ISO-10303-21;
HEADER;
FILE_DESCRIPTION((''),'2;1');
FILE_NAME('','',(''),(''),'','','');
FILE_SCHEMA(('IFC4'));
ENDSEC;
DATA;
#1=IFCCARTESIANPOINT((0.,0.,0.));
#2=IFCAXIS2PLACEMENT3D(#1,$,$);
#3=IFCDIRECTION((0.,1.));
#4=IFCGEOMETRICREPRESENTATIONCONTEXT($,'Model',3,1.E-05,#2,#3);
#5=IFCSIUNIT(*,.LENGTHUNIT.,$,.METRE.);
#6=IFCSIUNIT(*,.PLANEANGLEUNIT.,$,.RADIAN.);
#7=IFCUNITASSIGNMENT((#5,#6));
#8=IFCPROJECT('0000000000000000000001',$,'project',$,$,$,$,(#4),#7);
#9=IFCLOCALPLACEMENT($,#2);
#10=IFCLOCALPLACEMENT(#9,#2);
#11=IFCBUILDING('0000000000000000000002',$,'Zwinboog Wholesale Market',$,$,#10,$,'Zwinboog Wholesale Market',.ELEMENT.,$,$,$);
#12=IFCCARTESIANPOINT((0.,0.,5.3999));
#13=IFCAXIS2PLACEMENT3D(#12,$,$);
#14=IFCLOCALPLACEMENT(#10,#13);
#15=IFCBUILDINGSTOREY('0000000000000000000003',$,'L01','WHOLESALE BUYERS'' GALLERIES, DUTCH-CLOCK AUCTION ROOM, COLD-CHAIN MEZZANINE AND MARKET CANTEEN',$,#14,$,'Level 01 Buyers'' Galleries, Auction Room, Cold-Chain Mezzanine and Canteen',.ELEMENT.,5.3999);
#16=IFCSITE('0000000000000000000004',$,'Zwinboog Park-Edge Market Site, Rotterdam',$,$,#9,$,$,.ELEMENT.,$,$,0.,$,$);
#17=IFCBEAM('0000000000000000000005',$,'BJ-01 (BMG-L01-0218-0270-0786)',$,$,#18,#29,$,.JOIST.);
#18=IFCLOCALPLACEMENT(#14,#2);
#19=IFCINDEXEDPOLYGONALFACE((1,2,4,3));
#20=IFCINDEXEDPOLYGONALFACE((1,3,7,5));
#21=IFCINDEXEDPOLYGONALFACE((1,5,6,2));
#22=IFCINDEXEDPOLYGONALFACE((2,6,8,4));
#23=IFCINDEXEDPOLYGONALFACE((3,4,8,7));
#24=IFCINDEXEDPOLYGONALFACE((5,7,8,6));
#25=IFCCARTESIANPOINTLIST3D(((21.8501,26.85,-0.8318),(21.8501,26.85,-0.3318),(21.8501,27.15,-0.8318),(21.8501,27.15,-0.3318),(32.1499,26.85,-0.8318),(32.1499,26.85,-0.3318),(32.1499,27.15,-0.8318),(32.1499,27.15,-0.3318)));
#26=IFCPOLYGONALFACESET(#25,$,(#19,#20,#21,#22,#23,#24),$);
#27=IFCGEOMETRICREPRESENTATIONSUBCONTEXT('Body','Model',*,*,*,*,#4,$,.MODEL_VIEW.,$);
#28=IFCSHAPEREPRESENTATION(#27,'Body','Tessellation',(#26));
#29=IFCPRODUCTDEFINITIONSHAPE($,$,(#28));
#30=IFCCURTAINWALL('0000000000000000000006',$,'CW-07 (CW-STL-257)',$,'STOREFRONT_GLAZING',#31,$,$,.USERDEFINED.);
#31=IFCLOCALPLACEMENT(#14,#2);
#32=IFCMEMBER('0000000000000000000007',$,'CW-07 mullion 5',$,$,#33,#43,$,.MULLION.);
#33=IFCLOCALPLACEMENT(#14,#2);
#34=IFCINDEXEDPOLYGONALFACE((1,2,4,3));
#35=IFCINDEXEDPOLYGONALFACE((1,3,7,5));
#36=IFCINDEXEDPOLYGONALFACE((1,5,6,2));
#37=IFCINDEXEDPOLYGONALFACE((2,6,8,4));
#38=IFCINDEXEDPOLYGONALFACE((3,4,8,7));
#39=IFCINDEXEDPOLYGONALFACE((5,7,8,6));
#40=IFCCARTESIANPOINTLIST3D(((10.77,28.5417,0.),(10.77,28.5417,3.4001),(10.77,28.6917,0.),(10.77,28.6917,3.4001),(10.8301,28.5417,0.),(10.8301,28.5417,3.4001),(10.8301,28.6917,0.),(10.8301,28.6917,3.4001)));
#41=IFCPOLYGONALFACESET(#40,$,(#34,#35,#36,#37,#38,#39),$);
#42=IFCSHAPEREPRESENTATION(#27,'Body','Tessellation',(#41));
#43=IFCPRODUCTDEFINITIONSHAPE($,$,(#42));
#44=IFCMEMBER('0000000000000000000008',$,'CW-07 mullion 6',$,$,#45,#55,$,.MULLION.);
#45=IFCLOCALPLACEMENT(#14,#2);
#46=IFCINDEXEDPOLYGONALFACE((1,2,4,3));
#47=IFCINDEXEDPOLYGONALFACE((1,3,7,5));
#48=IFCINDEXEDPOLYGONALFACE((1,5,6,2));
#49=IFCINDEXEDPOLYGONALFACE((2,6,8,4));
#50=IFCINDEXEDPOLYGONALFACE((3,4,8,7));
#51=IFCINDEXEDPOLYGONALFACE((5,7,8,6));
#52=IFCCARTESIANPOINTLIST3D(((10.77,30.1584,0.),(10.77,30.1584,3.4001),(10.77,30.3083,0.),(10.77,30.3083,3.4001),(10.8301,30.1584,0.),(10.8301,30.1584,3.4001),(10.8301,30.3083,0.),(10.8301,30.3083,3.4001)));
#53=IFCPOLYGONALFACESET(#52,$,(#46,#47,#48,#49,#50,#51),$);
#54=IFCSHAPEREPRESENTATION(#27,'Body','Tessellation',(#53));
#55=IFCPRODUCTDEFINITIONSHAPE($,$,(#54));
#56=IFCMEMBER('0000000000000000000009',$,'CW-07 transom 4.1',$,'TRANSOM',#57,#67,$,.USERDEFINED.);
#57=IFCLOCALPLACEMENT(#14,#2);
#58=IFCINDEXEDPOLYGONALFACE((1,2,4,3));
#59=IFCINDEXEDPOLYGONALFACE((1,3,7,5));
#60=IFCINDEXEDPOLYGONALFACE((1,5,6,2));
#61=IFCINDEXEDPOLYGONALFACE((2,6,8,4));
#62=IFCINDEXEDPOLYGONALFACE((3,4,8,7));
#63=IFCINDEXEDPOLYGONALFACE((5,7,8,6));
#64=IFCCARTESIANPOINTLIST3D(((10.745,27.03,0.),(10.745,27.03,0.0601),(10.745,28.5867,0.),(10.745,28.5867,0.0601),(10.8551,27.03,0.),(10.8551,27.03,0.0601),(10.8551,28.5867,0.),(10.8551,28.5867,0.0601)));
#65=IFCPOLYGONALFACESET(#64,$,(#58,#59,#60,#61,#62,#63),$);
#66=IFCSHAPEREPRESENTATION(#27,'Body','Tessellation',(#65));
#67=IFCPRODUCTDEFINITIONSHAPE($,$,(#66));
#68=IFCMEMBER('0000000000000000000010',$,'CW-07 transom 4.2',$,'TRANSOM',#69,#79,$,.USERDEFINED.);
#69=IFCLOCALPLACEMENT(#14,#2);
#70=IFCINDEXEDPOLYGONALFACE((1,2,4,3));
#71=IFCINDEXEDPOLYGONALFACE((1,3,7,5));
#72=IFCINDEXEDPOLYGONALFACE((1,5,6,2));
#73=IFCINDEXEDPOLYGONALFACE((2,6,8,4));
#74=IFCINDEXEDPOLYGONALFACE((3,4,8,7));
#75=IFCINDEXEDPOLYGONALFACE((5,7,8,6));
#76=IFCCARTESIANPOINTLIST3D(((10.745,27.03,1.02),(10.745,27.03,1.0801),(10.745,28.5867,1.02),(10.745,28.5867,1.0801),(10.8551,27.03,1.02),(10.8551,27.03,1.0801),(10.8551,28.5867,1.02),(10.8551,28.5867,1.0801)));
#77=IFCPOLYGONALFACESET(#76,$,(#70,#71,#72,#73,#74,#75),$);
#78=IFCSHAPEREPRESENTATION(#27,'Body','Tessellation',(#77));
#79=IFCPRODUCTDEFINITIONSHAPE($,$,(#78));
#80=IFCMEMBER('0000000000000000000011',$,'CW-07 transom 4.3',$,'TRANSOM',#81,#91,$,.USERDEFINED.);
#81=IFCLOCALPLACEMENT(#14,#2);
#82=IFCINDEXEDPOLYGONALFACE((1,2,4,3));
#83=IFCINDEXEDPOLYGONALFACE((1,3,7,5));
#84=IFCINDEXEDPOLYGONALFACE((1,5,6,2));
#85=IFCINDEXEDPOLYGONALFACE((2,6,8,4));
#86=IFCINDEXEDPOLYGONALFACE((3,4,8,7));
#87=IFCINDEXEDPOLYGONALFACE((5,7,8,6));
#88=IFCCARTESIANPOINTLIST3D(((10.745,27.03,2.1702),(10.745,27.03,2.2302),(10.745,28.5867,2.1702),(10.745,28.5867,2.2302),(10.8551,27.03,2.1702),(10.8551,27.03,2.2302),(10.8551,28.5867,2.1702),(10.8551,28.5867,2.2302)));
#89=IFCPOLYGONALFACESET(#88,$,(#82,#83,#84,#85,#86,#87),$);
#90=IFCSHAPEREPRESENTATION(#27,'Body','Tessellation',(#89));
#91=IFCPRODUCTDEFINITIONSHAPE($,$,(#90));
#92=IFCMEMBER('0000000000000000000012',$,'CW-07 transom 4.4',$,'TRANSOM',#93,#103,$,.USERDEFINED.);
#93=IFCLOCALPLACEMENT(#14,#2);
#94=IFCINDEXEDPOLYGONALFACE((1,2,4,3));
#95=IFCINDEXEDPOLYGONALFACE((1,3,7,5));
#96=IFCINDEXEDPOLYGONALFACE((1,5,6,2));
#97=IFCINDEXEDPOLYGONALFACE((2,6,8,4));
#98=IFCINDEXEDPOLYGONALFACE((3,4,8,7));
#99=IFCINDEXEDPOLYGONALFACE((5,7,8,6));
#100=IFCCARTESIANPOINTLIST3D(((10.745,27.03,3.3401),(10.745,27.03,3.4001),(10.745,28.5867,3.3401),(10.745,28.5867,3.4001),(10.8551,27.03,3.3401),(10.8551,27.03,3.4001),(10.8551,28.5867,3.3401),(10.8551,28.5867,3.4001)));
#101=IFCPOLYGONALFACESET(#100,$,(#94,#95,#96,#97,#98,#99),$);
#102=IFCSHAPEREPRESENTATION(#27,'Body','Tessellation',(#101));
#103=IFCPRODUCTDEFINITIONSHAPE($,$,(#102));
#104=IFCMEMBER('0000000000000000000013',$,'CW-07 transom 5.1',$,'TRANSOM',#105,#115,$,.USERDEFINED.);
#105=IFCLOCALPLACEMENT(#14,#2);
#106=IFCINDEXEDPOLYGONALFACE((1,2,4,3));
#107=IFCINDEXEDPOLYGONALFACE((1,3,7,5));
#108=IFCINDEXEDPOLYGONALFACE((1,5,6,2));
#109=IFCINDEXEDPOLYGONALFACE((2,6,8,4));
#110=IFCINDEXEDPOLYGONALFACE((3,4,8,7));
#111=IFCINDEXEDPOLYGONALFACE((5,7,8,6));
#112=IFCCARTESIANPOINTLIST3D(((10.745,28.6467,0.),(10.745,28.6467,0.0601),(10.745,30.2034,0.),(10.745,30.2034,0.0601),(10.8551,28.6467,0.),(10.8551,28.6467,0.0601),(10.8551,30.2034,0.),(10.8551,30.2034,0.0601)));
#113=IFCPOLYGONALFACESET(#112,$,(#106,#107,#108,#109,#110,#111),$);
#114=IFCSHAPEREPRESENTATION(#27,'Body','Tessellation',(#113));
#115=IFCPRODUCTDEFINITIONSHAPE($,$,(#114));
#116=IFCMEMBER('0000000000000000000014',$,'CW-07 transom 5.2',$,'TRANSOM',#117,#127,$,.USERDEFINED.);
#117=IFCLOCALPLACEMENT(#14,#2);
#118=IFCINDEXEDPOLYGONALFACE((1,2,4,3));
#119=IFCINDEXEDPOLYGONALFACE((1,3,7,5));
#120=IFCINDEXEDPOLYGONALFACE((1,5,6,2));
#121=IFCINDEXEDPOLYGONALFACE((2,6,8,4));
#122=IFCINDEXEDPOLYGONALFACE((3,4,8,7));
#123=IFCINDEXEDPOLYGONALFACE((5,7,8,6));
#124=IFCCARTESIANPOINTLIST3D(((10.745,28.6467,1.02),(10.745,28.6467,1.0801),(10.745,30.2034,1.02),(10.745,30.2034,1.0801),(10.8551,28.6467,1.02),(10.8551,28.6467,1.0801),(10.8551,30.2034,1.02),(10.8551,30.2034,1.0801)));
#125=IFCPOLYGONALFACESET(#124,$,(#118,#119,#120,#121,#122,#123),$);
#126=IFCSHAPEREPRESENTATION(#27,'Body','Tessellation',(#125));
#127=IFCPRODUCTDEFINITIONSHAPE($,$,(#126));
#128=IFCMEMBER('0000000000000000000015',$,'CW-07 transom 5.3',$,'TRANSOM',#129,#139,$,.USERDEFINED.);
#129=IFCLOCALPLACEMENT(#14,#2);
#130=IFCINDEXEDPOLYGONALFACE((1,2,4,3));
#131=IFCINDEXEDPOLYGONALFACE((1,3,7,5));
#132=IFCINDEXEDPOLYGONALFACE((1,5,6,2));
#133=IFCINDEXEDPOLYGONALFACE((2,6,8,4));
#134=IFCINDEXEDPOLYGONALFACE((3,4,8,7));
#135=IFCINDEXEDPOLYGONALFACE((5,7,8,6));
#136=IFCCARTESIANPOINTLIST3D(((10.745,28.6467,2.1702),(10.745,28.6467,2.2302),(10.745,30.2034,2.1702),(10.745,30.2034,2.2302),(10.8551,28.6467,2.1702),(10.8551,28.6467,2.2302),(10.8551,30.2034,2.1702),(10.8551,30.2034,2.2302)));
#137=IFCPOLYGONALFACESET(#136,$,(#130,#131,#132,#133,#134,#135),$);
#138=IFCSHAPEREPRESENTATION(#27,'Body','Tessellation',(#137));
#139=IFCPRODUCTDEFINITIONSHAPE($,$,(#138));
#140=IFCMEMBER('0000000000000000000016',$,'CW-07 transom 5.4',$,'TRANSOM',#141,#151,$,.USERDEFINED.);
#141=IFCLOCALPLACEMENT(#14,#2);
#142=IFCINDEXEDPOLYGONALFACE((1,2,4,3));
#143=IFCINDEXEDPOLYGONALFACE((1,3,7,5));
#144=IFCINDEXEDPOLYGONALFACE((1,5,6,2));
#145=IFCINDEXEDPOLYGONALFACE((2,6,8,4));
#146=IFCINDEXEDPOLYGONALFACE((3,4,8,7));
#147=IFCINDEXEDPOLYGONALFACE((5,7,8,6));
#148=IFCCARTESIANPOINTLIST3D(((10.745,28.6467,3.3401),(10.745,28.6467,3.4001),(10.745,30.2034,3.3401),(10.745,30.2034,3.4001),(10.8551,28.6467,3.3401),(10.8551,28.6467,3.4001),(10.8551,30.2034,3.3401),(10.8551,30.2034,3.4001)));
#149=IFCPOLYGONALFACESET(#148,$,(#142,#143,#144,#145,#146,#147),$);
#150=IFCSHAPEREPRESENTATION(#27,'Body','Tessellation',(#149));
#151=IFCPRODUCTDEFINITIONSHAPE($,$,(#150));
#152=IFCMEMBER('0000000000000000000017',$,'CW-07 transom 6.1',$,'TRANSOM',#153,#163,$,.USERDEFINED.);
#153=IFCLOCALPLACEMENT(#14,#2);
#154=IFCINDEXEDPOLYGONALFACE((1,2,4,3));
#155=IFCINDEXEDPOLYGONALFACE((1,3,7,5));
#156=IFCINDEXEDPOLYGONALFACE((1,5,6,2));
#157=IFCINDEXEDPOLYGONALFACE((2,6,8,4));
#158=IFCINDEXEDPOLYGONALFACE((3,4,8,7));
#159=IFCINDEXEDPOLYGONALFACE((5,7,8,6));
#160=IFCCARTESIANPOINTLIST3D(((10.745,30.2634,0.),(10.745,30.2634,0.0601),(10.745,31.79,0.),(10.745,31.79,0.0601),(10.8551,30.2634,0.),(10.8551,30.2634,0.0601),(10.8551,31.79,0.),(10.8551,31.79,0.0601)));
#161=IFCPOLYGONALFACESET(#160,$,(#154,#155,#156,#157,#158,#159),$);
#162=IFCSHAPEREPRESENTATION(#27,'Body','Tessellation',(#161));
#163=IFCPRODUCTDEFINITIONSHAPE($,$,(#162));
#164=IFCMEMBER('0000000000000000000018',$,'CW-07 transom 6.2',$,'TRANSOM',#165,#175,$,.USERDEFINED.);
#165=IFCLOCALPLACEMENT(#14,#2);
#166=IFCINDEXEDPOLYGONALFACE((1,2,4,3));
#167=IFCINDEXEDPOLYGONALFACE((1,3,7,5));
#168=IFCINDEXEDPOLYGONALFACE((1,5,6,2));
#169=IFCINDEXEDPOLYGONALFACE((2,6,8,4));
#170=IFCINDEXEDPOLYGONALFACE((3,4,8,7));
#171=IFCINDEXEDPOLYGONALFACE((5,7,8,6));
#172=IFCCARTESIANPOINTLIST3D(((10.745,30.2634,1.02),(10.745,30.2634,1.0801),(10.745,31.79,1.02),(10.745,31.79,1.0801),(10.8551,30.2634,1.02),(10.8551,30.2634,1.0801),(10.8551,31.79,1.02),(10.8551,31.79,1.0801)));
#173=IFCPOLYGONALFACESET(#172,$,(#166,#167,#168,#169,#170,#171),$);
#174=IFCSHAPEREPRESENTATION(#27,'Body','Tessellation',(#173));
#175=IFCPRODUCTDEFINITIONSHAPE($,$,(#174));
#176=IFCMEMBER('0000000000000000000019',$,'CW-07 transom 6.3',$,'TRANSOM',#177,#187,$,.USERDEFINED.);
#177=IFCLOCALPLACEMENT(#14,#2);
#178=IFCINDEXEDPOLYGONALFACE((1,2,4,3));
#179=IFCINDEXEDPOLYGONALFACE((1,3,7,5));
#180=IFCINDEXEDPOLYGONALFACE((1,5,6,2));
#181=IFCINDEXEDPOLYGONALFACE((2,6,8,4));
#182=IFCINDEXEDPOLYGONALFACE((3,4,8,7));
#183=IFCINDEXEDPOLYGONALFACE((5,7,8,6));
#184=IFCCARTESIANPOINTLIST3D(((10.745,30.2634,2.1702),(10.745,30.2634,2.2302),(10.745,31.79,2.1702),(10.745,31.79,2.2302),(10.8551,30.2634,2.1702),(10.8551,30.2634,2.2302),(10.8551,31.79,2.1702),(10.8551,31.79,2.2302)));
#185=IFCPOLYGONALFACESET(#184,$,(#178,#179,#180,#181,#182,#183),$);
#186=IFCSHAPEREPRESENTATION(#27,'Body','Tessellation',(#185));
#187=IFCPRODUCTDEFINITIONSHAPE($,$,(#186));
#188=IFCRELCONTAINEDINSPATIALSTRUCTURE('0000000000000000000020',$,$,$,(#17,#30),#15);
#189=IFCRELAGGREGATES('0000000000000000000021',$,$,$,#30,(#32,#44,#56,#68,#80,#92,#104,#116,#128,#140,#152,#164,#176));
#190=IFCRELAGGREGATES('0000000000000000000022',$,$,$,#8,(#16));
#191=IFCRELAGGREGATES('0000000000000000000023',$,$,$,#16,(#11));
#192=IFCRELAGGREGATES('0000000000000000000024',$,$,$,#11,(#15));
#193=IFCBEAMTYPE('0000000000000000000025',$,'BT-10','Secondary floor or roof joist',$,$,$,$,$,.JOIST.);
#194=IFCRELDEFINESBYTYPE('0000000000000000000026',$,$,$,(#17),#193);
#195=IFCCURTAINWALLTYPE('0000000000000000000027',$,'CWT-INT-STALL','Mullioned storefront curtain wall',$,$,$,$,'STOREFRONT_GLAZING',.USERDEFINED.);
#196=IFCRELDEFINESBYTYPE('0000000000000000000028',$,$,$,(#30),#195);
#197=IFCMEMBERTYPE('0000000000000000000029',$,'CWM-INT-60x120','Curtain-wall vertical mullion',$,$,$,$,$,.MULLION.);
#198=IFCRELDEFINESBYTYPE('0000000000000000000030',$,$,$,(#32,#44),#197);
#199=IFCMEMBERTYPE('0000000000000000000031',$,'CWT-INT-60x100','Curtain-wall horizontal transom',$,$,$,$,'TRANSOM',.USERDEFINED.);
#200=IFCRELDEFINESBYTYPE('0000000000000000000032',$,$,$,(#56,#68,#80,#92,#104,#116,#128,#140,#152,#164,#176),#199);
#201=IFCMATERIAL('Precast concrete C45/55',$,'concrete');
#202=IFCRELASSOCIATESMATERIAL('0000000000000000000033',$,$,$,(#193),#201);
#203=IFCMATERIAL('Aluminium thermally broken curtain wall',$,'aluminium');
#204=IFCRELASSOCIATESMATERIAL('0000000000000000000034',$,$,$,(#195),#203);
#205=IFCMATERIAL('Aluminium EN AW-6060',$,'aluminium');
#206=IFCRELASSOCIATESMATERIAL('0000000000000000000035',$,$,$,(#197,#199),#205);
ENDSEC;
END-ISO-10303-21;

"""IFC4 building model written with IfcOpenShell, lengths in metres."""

from ifc_helpers import new_model, si_unit, direction, frame, origin, origin_2d, place, context, subcontext, project, spatial, rectangle, extrude, material, material_profile, profile_set, type_object, element, aggregate, save


model = new_model("IFC4")

# Units and contexts
model_context = context("Model", 3, precision=1e-05, world=origin(), true_north=direction((0.0, 1.0)))
body_context = subcontext(model_context, "Body", "Model", "MODEL_VIEW")
ifc_project = project(units=[si_unit("LENGTHUNIT", "METRE"), si_unit("PLANEANGLEUNIT", "RADIAN")], contexts=[model_context])

# Site, building, storey
site_placement = place(None, origin())
site = spatial("IfcSite", under=ifc_project, at=site_placement, Name="Zwinboog Park-Edge Market Site, Rotterdam", CompositionType="ELEMENT", RefElevation=0.0)
building_placement = place(site_placement, origin())
building = spatial("IfcBuilding", under=site, at=building_placement, Name="Zwinboog Wholesale Market", LongName="Zwinboog Wholesale Market", CompositionType="ELEMENT")
storey_placement = place(building_placement, frame((0.0, 0.0, 5.3999)))
storey = spatial("IfcBuildingStorey", under=building, at=storey_placement, Name="L01", Description="WHOLESALE BUYERS' GALLERIES, DUTCH-CLOCK AUCTION ROOM, COLD-CHAIN MEZZANINE AND MARKET CANTEEN", LongName="Level 01 Buyers' Galleries, Auction Room, Cold-Chain Mezzanine and Canteen", CompositionType="ELEMENT", Elevation=5.3999)

# Beam
ifc_material_1 = material(Name="Precast concrete C45/55", Category="concrete")
ifc_material_profile_1 = material_profile(ifc_material_1, rectangle(XDim=0.3, YDim=0.5, at=origin_2d()), Name="PC 300x500")
ifc_profile_set_1 = profile_set([ifc_material_profile_1], Name="Precast concrete C45/55")
beam_type = type_object("IfcBeamType", Name="BT-10", Description="Secondary floor or roof joist", PredefinedType="JOIST", material=ifc_profile_set_1)
beam_placement = place(storey_placement, frame((21.8501, 27.0, -0.5818), z_axis=(1.0, 0.0, 0.0), x_axis=(0.0, 1.0, 0.0)))
element("IfcBeam", 1, at=beam_placement, inside=storey, type_object=beam_type, Name="BJ-01 (BMG-L01-0218-0270-0786)", PredefinedType="JOIST", context=body_context, shape_type="SweptSolid", body=[
    extrude(rectangle(XDim=0.3, YDim=0.5, at=origin_2d()), origin(), (0.0, 0.0, 1.0), 10.2998),
])

# Curtain wall, members
ifc_material_2 = material(Name="Aluminium thermally broken curtain wall", Category="aluminium")
curtain_wall_type = type_object("IfcCurtainWallType", Name="CWT-INT-STALL", Description="Mullioned storefront curtain wall", ElementType="STOREFRONT_GLAZING", PredefinedType="USERDEFINED", material=ifc_material_2)
curtain_wall_placement = place(storey_placement, origin())
curtain_wall = element("IfcCurtainWall", 2, at=curtain_wall_placement, inside=storey, type_object=curtain_wall_type, Name="CW-07 (CW-STL-257)", ObjectType="STOREFRONT_GLAZING", PredefinedType="USERDEFINED")
ifc_material_3 = material(Name="Aluminium EN AW-6060", Category="aluminium")
ifc_material_profile_2 = material_profile(ifc_material_3, rectangle(XDim=0.0601, YDim=0.1499, at=origin_2d()), Name="AL 60x150")
ifc_profile_set_2 = profile_set([ifc_material_profile_2], Name="Aluminium EN AW-6060")
member_type_1 = type_object("IfcMemberType", Name="CWM-INT-60x120", Description="Curtain-wall vertical mullion", PredefinedType="MULLION", material=ifc_profile_set_2)
member_1_placement = place(storey_placement, frame((10.8, 28.6167, 0.0), z_axis=(0.0, 0.0, 1.0), x_axis=(-1.0, 0.0, 0.0)))
member_1 = element("IfcMember", 3, at=member_1_placement, type_object=member_type_1, Name="CW-07 mullion 5", PredefinedType="MULLION", context=body_context, shape_type="SweptSolid", body=[
    extrude(rectangle(XDim=0.0601, YDim=0.1499, at=origin_2d()), origin(), (0.0, 0.0, 1.0), 3.4001),
])
member_2_placement = place(storey_placement, frame((10.8, 30.2334, 0.0), z_axis=(0.0, 0.0, 1.0), x_axis=(-1.0, 0.0, 0.0)))
member_2 = element("IfcMember", 4, at=member_2_placement, type_object=member_type_1, Name="CW-07 mullion 6", PredefinedType="MULLION", context=body_context, shape_type="SweptSolid", body=[
    extrude(rectangle(XDim=0.0601, YDim=0.1499, at=origin_2d()), origin(), (0.0, 0.0, 1.0), 3.4001),
])
ifc_material_profile_3 = material_profile(ifc_material_3, rectangle(XDim=0.1101, YDim=0.0601, at=origin_2d()), Name="AL 60x110")
ifc_profile_set_3 = profile_set([ifc_material_profile_3], Name="Aluminium EN AW-6060")
member_type_2 = type_object("IfcMemberType", Name="CWT-INT-60x100", Description="Curtain-wall horizontal transom", ElementType="TRANSOM", PredefinedType="USERDEFINED", material=ifc_profile_set_3)
member_3_placement = place(storey_placement, frame((10.8, 27.03, 0.03), z_axis=(0.0, 1.0, 0.0), x_axis=(-1.0, 0.0, 0.0)))
member_3 = element("IfcMember", 5, at=member_3_placement, type_object=member_type_2, Name="CW-07 transom 4.1", ObjectType="TRANSOM", PredefinedType="USERDEFINED", context=body_context, shape_type="SweptSolid", body=[
    extrude(rectangle(XDim=0.1101, YDim=0.0601, at=origin_2d()), origin(), (0.0, 0.0, 1.0), 1.5566),
])
member_4_placement = place(storey_placement, frame((10.8, 27.03, 1.05), z_axis=(0.0, 1.0, 0.0), x_axis=(-1.0, 0.0, 0.0)))
member_4 = element("IfcMember", 6, at=member_4_placement, type_object=member_type_2, Name="CW-07 transom 4.2", ObjectType="TRANSOM", PredefinedType="USERDEFINED", context=body_context, shape_type="SweptSolid", body=[
    extrude(rectangle(XDim=0.1101, YDim=0.0601, at=origin_2d()), origin(), (0.0, 0.0, 1.0), 1.5566),
])
member_5_placement = place(storey_placement, frame((10.8, 27.03, 2.2002), z_axis=(0.0, 1.0, 0.0), x_axis=(-1.0, 0.0, 0.0)))
member_5 = element("IfcMember", 7, at=member_5_placement, type_object=member_type_2, Name="CW-07 transom 4.3", ObjectType="TRANSOM", PredefinedType="USERDEFINED", context=body_context, shape_type="SweptSolid", body=[
    extrude(rectangle(XDim=0.1101, YDim=0.0601, at=origin_2d()), origin(), (0.0, 0.0, 1.0), 1.5566),
])
member_6_placement = place(storey_placement, frame((10.8, 27.03, 3.3701), z_axis=(0.0, 1.0, 0.0), x_axis=(-1.0, 0.0, 0.0)))
member_6 = element("IfcMember", 8, at=member_6_placement, type_object=member_type_2, Name="CW-07 transom 4.4", ObjectType="TRANSOM", PredefinedType="USERDEFINED", context=body_context, shape_type="SweptSolid", body=[
    extrude(rectangle(XDim=0.1101, YDim=0.0601, at=origin_2d()), origin(), (0.0, 0.0, 1.0), 1.5566),
])
member_7_placement = place(storey_placement, frame((10.8, 28.6467, 0.03), z_axis=(0.0, 1.0, 0.0), x_axis=(-1.0, 0.0, 0.0)))
member_7 = element("IfcMember", 9, at=member_7_placement, type_object=member_type_2, Name="CW-07 transom 5.1", ObjectType="TRANSOM", PredefinedType="USERDEFINED", context=body_context, shape_type="SweptSolid", body=[
    extrude(rectangle(XDim=0.1101, YDim=0.0601, at=origin_2d()), origin(), (0.0, 0.0, 1.0), 1.5566),
])
member_8_placement = place(storey_placement, frame((10.8, 28.6467, 1.05), z_axis=(0.0, 1.0, 0.0), x_axis=(-1.0, 0.0, 0.0)))
member_8 = element("IfcMember", 10, at=member_8_placement, type_object=member_type_2, Name="CW-07 transom 5.2", ObjectType="TRANSOM", PredefinedType="USERDEFINED", context=body_context, shape_type="SweptSolid", body=[
    extrude(rectangle(XDim=0.1101, YDim=0.0601, at=origin_2d()), origin(), (0.0, 0.0, 1.0), 1.5566),
])
member_9_placement = place(storey_placement, frame((10.8, 28.6467, 2.2002), z_axis=(0.0, 1.0, 0.0), x_axis=(-1.0, 0.0, 0.0)))
member_9 = element("IfcMember", 11, at=member_9_placement, type_object=member_type_2, Name="CW-07 transom 5.3", ObjectType="TRANSOM", PredefinedType="USERDEFINED", context=body_context, shape_type="SweptSolid", body=[
    extrude(rectangle(XDim=0.1101, YDim=0.0601, at=origin_2d()), origin(), (0.0, 0.0, 1.0), 1.5566),
])
member_10_placement = place(storey_placement, frame((10.8, 28.6467, 3.3701), z_axis=(0.0, 1.0, 0.0), x_axis=(-1.0, 0.0, 0.0)))
member_10 = element("IfcMember", 12, at=member_10_placement, type_object=member_type_2, Name="CW-07 transom 5.4", ObjectType="TRANSOM", PredefinedType="USERDEFINED", context=body_context, shape_type="SweptSolid", body=[
    extrude(rectangle(XDim=0.1101, YDim=0.0601, at=origin_2d()), origin(), (0.0, 0.0, 1.0), 1.5566),
])
member_11_placement = place(storey_placement, frame((10.8, 30.2634, 0.03), z_axis=(0.0, 1.0, 0.0), x_axis=(-1.0, 0.0, 0.0)))
member_11 = element("IfcMember", 13, at=member_11_placement, type_object=member_type_2, Name="CW-07 transom 6.1", ObjectType="TRANSOM", PredefinedType="USERDEFINED", context=body_context, shape_type="SweptSolid", body=[
    extrude(rectangle(XDim=0.1101, YDim=0.0601, at=origin_2d()), origin(), (0.0, 0.0, 1.0), 1.5266),
])
member_12_placement = place(storey_placement, frame((10.8, 30.2634, 1.05), z_axis=(0.0, 1.0, 0.0), x_axis=(-1.0, 0.0, 0.0)))
member_12 = element("IfcMember", 14, at=member_12_placement, type_object=member_type_2, Name="CW-07 transom 6.2", ObjectType="TRANSOM", PredefinedType="USERDEFINED", context=body_context, shape_type="SweptSolid", body=[
    extrude(rectangle(XDim=0.1101, YDim=0.0601, at=origin_2d()), origin(), (0.0, 0.0, 1.0), 1.5266),
])
member_13_placement = place(storey_placement, frame((10.8, 30.2634, 2.2002), z_axis=(0.0, 1.0, 0.0), x_axis=(-1.0, 0.0, 0.0)))
member_13 = element("IfcMember", 15, at=member_13_placement, type_object=member_type_2, Name="CW-07 transom 6.3", ObjectType="TRANSOM", PredefinedType="USERDEFINED", context=body_context, shape_type="SweptSolid", body=[
    extrude(rectangle(XDim=0.1101, YDim=0.0601, at=origin_2d()), origin(), (0.0, 0.0, 1.0), 1.5266),
])
aggregate(curtain_wall, [member_1, member_2, member_3, member_4, member_5, member_6, member_7, member_8, member_9, member_10, member_11, member_12, member_13])

save(model, "model.ifc")
